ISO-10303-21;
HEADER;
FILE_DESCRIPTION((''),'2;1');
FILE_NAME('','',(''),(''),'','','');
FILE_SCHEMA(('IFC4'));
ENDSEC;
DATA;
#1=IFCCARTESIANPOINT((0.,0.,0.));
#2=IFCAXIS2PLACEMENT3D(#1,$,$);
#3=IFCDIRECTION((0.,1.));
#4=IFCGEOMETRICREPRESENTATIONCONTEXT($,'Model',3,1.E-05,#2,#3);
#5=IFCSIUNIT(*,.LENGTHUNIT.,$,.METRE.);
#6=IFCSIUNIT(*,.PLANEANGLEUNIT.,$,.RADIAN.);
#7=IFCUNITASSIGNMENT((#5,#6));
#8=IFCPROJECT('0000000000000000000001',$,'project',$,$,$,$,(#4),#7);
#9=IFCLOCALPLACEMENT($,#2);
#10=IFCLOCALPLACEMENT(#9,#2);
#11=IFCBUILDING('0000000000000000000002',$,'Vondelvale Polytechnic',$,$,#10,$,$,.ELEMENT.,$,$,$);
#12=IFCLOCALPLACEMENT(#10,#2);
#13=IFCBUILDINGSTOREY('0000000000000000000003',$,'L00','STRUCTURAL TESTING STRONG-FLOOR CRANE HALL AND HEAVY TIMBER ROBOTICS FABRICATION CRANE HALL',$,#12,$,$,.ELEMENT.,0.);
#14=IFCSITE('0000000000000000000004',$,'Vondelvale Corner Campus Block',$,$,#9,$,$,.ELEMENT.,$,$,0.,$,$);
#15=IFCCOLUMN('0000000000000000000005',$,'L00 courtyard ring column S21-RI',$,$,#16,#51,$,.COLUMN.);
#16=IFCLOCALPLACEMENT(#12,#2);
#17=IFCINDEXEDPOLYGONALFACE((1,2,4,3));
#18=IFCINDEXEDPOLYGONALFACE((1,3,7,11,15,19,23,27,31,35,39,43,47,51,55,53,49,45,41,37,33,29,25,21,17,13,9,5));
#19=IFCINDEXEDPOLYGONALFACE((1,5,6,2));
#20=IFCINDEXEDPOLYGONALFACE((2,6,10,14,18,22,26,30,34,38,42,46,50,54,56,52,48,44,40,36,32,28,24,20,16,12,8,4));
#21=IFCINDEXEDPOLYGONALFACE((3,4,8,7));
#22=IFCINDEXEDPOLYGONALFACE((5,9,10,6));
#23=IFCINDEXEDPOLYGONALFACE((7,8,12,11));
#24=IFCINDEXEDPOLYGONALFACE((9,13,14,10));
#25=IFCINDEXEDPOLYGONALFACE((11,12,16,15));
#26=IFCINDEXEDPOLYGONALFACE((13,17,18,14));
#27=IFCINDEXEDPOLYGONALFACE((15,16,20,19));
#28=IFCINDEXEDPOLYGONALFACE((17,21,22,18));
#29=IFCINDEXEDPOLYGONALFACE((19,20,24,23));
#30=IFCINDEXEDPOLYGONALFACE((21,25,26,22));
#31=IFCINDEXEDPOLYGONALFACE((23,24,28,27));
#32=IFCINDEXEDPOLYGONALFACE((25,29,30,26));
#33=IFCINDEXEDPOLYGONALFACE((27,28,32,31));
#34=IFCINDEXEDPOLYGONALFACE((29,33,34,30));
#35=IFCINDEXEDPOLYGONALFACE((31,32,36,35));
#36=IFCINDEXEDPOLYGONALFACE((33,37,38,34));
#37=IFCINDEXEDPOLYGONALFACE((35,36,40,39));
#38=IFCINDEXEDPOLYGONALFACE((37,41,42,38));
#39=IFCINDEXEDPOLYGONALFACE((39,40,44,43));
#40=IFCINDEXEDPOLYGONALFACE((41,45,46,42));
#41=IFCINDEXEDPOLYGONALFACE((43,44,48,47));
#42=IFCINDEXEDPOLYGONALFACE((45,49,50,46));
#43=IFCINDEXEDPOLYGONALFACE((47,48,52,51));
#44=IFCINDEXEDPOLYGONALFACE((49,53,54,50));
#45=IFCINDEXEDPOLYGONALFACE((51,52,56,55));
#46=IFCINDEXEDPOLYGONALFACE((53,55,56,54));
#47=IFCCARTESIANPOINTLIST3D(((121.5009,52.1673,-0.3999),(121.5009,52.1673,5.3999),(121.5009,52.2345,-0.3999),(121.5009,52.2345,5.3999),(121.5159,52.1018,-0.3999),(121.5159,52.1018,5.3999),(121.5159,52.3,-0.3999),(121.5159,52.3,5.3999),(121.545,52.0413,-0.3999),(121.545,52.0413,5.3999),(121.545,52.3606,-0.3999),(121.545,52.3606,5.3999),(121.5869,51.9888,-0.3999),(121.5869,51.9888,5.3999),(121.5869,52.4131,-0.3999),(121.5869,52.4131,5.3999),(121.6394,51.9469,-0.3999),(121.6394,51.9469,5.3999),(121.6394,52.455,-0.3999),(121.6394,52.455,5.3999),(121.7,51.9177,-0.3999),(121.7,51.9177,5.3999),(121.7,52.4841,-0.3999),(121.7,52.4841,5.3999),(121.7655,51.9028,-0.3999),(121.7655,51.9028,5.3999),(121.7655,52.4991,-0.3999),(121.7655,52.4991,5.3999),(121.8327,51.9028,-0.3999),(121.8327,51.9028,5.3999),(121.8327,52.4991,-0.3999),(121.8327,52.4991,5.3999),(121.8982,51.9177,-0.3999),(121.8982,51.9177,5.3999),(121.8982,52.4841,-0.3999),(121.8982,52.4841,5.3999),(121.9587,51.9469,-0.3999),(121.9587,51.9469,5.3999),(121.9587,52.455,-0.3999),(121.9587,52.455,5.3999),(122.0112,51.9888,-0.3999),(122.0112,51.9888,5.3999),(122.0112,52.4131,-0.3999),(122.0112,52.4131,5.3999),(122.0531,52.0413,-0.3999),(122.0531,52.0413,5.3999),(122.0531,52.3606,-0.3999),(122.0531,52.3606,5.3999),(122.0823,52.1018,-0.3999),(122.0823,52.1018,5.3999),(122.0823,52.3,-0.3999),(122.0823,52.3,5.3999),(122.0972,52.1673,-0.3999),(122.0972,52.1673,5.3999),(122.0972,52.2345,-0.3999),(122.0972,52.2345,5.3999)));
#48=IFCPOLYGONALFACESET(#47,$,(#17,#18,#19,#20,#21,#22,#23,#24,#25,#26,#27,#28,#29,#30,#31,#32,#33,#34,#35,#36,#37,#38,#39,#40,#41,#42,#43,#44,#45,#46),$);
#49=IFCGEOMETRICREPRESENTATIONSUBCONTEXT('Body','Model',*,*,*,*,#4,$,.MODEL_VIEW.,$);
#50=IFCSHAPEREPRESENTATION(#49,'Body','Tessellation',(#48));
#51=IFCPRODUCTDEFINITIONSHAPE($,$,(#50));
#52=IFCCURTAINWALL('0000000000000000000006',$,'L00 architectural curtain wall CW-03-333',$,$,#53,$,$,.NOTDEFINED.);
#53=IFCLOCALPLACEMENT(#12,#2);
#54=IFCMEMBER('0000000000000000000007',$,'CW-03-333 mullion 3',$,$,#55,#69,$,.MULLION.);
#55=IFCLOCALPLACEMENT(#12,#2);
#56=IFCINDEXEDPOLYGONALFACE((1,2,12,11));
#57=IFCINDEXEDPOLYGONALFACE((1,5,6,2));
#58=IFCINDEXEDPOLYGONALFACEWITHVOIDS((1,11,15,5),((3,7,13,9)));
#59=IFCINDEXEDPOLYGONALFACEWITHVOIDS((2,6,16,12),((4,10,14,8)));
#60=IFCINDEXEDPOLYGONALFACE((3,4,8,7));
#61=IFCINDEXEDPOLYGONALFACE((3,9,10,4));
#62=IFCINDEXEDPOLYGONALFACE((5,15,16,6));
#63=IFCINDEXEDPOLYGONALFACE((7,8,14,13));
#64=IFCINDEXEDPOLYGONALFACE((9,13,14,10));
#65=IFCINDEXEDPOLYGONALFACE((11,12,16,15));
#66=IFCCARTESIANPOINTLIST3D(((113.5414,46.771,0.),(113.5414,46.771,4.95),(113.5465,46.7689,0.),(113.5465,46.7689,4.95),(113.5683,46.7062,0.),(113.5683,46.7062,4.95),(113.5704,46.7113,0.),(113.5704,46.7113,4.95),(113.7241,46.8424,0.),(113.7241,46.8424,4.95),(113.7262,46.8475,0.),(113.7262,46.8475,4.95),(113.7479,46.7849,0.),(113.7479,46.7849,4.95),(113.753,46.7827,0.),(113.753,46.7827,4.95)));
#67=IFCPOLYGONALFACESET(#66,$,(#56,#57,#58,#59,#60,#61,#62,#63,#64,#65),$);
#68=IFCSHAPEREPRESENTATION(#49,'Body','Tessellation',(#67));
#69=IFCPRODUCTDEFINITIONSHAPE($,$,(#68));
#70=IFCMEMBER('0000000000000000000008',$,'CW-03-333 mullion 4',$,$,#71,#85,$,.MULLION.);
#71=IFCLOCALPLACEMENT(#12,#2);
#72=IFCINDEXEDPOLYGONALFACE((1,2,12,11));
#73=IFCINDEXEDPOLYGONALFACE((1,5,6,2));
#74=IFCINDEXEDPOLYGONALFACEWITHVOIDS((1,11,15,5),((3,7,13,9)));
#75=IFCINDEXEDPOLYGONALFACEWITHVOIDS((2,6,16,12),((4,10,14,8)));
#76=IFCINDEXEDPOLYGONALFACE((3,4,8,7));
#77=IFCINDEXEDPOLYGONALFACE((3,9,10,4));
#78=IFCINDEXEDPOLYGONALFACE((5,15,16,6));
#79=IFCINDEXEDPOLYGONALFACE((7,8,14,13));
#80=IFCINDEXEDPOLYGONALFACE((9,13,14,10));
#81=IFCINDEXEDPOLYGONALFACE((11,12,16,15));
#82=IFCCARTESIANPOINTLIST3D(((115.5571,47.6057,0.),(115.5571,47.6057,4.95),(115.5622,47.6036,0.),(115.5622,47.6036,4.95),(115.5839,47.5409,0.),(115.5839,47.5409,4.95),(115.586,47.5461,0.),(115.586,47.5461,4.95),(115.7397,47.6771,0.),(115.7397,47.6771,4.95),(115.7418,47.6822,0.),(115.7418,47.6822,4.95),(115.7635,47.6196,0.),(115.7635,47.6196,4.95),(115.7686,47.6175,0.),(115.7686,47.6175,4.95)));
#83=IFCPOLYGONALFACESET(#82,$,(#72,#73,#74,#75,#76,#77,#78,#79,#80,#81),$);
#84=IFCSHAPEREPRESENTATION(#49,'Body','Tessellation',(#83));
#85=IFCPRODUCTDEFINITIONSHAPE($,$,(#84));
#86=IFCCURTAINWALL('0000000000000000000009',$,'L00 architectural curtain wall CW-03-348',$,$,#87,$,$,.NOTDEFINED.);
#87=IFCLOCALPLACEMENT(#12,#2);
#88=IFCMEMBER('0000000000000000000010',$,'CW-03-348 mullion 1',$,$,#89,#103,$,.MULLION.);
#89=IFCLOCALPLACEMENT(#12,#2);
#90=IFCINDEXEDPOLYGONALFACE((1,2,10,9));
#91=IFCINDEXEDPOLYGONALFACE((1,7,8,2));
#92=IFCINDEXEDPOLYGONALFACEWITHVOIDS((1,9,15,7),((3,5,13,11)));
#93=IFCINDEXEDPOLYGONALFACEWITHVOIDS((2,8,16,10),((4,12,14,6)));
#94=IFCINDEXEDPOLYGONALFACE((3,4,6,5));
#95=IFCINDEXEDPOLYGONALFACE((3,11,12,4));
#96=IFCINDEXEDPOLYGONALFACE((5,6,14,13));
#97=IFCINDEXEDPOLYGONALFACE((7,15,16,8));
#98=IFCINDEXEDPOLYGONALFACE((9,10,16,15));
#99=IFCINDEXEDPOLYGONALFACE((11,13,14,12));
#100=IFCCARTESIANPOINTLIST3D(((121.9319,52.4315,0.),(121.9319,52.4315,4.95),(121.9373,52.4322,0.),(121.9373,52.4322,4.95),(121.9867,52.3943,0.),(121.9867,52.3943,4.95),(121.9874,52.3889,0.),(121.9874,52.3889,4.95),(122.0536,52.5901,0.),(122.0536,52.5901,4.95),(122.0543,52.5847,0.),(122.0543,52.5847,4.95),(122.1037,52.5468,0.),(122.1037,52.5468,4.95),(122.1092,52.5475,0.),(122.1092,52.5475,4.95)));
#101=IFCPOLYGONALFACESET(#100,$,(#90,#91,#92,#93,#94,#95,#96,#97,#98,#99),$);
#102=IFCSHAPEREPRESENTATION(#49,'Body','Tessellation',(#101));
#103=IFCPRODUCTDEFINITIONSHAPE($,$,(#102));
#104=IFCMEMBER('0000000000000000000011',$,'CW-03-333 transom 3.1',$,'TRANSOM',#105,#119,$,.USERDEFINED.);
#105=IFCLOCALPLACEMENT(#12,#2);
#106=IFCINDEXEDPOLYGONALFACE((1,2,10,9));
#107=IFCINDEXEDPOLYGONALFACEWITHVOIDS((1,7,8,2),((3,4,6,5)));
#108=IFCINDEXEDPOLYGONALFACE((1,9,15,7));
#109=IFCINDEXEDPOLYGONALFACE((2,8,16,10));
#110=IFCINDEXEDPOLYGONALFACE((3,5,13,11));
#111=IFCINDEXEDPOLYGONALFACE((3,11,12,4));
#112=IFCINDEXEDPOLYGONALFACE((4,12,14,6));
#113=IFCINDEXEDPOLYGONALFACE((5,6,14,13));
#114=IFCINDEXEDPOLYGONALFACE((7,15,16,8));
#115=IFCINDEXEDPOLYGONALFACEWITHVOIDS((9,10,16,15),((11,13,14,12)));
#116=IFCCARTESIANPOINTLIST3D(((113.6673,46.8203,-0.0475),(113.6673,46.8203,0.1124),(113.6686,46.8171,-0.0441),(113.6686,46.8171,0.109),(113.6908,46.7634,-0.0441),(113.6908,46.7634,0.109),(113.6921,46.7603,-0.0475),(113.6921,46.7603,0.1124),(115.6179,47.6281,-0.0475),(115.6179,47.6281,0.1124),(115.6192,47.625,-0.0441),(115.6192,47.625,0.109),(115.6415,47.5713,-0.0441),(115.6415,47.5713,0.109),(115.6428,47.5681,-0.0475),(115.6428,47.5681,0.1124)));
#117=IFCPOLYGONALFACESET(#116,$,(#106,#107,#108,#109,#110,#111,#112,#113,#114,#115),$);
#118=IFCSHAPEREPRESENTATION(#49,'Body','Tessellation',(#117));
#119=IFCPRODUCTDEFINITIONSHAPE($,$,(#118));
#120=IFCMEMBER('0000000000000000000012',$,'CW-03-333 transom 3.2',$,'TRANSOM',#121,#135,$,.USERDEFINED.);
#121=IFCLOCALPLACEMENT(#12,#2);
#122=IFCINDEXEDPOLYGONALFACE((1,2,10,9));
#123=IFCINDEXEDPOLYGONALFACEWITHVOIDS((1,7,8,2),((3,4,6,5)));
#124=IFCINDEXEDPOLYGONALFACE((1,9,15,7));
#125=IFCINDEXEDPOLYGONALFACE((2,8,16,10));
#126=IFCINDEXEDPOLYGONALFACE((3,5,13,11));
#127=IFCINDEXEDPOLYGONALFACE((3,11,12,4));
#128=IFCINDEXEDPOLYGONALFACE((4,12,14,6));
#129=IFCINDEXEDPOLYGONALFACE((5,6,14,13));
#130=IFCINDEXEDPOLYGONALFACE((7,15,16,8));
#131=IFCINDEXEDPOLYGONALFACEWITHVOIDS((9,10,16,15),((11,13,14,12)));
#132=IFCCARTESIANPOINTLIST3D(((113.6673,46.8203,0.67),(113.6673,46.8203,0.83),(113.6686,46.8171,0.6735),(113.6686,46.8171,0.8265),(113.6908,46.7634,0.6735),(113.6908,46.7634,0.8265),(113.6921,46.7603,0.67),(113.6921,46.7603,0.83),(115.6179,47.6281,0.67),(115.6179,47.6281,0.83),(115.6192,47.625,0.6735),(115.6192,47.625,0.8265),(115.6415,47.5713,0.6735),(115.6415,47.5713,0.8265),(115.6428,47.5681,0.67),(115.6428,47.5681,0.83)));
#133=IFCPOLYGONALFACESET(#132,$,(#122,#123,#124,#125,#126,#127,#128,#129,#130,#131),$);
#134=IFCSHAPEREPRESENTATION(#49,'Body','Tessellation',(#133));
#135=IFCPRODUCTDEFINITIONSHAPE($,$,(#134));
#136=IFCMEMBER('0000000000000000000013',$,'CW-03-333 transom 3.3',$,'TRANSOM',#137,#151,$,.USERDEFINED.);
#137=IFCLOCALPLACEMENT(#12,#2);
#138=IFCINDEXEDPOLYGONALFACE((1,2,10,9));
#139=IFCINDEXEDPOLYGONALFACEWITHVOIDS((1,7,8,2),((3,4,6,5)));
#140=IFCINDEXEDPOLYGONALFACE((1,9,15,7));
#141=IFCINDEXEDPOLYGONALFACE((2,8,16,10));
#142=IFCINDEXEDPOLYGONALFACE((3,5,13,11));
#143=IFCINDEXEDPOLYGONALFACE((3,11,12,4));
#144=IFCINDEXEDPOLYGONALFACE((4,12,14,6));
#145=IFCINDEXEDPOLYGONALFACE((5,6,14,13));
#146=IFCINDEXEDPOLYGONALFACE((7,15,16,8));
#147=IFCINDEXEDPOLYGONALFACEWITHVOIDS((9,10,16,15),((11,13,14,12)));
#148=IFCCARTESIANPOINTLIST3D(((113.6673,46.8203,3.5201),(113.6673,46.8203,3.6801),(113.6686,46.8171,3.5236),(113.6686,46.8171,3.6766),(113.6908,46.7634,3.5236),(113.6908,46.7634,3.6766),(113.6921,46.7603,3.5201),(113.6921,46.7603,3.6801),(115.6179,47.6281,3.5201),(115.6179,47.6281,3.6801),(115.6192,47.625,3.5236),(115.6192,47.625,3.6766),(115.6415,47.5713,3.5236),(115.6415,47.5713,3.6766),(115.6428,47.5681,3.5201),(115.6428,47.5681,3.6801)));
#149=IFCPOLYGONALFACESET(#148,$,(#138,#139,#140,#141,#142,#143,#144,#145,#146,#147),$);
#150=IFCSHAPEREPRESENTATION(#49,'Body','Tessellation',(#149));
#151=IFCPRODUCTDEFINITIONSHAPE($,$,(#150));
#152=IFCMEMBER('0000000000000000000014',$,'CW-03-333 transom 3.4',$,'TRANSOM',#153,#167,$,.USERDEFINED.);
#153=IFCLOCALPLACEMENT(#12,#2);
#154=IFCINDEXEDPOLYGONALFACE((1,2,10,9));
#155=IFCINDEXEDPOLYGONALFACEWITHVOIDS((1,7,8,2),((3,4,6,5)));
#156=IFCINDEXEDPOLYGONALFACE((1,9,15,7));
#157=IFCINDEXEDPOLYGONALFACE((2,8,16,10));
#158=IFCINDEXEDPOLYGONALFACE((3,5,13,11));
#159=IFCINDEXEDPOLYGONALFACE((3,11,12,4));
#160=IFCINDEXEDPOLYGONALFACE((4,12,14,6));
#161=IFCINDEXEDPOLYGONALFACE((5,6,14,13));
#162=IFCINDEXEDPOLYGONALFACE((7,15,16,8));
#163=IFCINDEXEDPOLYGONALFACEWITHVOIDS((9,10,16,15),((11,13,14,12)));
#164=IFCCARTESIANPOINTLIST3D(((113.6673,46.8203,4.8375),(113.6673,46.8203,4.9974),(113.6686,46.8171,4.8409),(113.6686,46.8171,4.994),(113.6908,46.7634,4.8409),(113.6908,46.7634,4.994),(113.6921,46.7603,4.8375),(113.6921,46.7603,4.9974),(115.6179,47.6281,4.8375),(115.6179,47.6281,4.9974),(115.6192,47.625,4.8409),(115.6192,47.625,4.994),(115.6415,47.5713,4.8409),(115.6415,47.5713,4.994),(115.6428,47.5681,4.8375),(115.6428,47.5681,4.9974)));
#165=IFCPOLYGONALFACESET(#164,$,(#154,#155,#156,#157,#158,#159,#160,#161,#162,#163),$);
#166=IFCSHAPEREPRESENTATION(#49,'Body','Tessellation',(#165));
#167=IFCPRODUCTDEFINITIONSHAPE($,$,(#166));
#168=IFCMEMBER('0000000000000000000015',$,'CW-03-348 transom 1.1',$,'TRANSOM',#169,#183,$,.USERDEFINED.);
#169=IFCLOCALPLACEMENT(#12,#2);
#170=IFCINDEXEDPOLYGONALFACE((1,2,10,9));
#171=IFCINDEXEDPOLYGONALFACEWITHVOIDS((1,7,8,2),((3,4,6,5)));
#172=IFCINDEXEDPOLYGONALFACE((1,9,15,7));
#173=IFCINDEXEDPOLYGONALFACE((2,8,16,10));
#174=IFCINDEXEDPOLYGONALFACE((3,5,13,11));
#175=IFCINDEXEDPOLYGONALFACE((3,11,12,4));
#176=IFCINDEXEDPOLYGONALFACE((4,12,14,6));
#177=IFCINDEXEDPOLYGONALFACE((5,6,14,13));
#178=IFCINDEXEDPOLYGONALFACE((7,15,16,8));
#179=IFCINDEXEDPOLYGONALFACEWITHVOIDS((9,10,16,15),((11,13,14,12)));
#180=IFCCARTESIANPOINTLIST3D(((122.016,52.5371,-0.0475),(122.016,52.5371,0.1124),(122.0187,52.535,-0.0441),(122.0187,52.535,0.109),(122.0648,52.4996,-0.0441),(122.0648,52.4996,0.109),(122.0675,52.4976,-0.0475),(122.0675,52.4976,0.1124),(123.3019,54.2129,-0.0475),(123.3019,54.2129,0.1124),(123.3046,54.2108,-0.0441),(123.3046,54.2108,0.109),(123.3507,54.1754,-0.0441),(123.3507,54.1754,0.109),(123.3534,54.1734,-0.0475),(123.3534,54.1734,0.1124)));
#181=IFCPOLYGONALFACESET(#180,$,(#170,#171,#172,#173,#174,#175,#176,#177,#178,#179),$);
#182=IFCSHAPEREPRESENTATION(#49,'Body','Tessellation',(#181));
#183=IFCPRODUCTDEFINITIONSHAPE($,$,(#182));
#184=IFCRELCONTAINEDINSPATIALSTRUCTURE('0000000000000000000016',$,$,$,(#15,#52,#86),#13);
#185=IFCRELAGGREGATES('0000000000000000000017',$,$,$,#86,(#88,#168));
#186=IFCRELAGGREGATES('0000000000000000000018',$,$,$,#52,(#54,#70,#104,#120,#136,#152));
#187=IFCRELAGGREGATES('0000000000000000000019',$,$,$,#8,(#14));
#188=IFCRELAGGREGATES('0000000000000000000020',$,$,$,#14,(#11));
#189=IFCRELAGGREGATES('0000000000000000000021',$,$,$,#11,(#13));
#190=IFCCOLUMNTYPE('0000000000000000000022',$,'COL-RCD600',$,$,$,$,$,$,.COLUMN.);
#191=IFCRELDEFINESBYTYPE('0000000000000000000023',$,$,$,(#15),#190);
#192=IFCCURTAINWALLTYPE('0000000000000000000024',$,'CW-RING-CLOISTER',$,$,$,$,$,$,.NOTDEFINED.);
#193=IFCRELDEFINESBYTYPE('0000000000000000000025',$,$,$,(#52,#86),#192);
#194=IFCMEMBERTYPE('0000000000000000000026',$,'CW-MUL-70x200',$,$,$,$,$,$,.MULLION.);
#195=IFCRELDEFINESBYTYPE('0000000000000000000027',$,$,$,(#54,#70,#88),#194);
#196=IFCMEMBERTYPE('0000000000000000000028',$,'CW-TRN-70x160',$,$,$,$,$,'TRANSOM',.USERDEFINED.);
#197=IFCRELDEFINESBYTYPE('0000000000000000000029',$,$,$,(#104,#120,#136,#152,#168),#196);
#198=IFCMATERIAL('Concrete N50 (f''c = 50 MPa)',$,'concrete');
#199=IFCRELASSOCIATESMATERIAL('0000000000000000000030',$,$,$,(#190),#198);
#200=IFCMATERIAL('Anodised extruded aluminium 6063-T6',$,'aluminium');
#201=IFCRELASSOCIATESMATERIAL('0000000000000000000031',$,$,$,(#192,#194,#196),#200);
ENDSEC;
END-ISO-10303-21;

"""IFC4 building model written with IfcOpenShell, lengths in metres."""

from ifc_helpers import new_model, si_unit, direction, frame, origin, origin_2d, place, context, subcontext, project, spatial, hollow_rectangle, circle, extrude, material, material_profile, profile_set, type_object, element, aggregate, save


model = new_model("IFC4")

# Units and contexts
model_context = context("Model", 3, precision=1e-05, world=origin(), true_north=direction((0.0, 1.0)))
body_context = subcontext(model_context, "Body", "Model", "MODEL_VIEW")
ifc_project = project(units=[si_unit("LENGTHUNIT", "METRE"), si_unit("PLANEANGLEUNIT", "RADIAN")], contexts=[model_context])

# Site, building, storey
site_placement = place(None, origin())
site = spatial("IfcSite", under=ifc_project, at=site_placement, Name="Vondelvale Corner Campus Block", CompositionType="ELEMENT", RefElevation=0.0)
building_placement = place(site_placement, origin())
building = spatial("IfcBuilding", under=site, at=building_placement, Name="Vondelvale Polytechnic", CompositionType="ELEMENT")
storey_placement = place(building_placement, origin())
storey = spatial("IfcBuildingStorey", under=building, at=storey_placement, Name="L00", Description="STRUCTURAL TESTING STRONG-FLOOR CRANE HALL AND HEAVY TIMBER ROBOTICS FABRICATION CRANE HALL", CompositionType="ELEMENT", Elevation=0.0)

# Column
ifc_material_1 = material(Name="Concrete N50 (f'c = 50 MPa)", Category="concrete")
ifc_material_profile_1 = material_profile(ifc_material_1, circle(Radius=0.3, at=origin_2d()), Name="RC-COL-D600")
ifc_profile_set_1 = profile_set([ifc_material_profile_1], Name="Concrete N50 (f'c = 50 MPa)")
column_type = type_object("IfcColumnType", Name="COL-RCD600", PredefinedType="COLUMN", material=ifc_profile_set_1)
for number, where, z_axis, x_axis, name in (
    (1, (121.7991, 52.2009, -0.3999), (0.0, 0.0, 1.0), (-0.707107, 0.707107, 0.0), "L00 courtyard ring column S21-RI"),
):
    element("IfcColumn", number, at=place(storey_placement, frame(where, z_axis=z_axis, x_axis=x_axis)), inside=storey, type_object=column_type, Name=name, PredefinedType="COLUMN", context=body_context, shape_type="SweptSolid", body=[
        extrude(circle(Radius=0.3, at=origin_2d()), origin(), (0.0, 0.0, 1.0), 5.7998),
    ])

# Curtain wall, members
ifc_material_2 = material(Name="Anodised extruded aluminium 6063-T6", Category="aluminium")
curtain_wall_type = type_object("IfcCurtainWallType", Name="CW-RING-CLOISTER", PredefinedType="NOTDEFINED", material=ifc_material_2)
curtain_wall_1_placement = place(storey_placement, origin())
curtain_wall_1 = element("IfcCurtainWall", 2, at=curtain_wall_1_placement, inside=storey, type_object=curtain_wall_type, Name="L00 architectural curtain wall CW-03-333", PredefinedType="NOTDEFINED")
ifc_material_profile_2 = material_profile(ifc_material_2, hollow_rectangle(XDim=0.0701, YDim=0.2, WallThickness=0.0039, at=origin_2d()), Name="CW-MUL-200x70")
ifc_profile_set_2 = profile_set([ifc_material_profile_2], Name="Anodised extruded aluminium 6063-T6")
member_type_1 = type_object("IfcMemberType", Name="CW-MUL-70x200", PredefinedType="MULLION", material=ifc_profile_set_2)
member_1_placement = place(storey_placement, frame((113.6472, 46.7769, 0.0), z_axis=(0.0, 0.0, 1.0), x_axis=(-0.382679, 0.923882, 0.0)))
member_1 = element("IfcMember", 3, at=member_1_placement, type_object=member_type_1, Name="CW-03-333 mullion 3", PredefinedType="MULLION", context=body_context, shape_type="SweptSolid", body=[
    extrude(hollow_rectangle(XDim=0.0701, YDim=0.2, WallThickness=0.0039, at=origin_2d()), origin(), (0.0, 0.0, 1.0), 4.95),
])
member_2_placement = place(storey_placement, frame((115.6628, 47.6116, 0.0), z_axis=(0.0, 0.0, 1.0), x_axis=(-0.382679, 0.923882, 0.0)))
member_2 = element("IfcMember", 4, at=member_2_placement, type_object=member_type_1, Name="CW-03-333 mullion 4", PredefinedType="MULLION", context=body_context, shape_type="SweptSolid", body=[
    extrude(hollow_rectangle(XDim=0.0701, YDim=0.2, WallThickness=0.0039, at=origin_2d()), origin(), (0.0, 0.0, 1.0), 4.95),
])

# Curtain wall, member
curtain_wall_2_placement = place(storey_placement, origin())
curtain_wall_2 = element("IfcCurtainWall", 5, at=curtain_wall_2_placement, inside=storey, type_object=curtain_wall_type, Name="L00 architectural curtain wall CW-03-348", PredefinedType="NOTDEFINED")
member_3_placement = place(storey_placement, frame((122.0205, 52.4895, 0.0), z_axis=(0.0, 0.0, 1.0), x_axis=(-0.793364, 0.608748, 0.0)))
member_3 = element("IfcMember", 6, at=member_3_placement, type_object=member_type_1, Name="CW-03-348 mullion 1", PredefinedType="MULLION", context=body_context, shape_type="SweptSolid", body=[
    extrude(hollow_rectangle(XDim=0.0701, YDim=0.2, WallThickness=0.0039, at=origin_2d()), origin(), (0.0, 0.0, 1.0), 4.95),
])

# Members
ifc_material_profile_3 = material_profile(ifc_material_2, hollow_rectangle(XDim=0.0649, YDim=0.1599, WallThickness=0.0034, at=origin_2d()), Name="CW-TRN-160x65")
ifc_profile_set_3 = profile_set([ifc_material_profile_3], Name="Anodised extruded aluminium 6063-T6")
member_type_2 = type_object("IfcMemberType", Name="CW-TRN-70x160", ElementType="TRANSOM", PredefinedType="USERDEFINED", material=ifc_profile_set_3)
member_4_placement = place(storey_placement, frame((113.6797, 46.7903, 0.0325), z_axis=(0.923903, 0.382628, 0.0), x_axis=(-0.382628, 0.923903, 0.0)))
member_4 = element("IfcMember", 7, at=member_4_placement, type_object=member_type_2, Name="CW-03-333 transom 3.1", ObjectType="TRANSOM", PredefinedType="USERDEFINED", context=body_context, shape_type="SweptSolid", body=[
    extrude(hollow_rectangle(XDim=0.0649, YDim=0.1599, WallThickness=0.0034, at=origin_2d()), origin(), (0.0, 0.0, 1.0), 2.1113),
])
member_5_placement = place(storey_placement, frame((113.6797, 46.7903, 0.75), z_axis=(0.923903, 0.382628, 0.0), x_axis=(-0.382628, 0.923903, 0.0)))
member_5 = element("IfcMember", 8, at=member_5_placement, type_object=member_type_2, Name="CW-03-333 transom 3.2", ObjectType="TRANSOM", PredefinedType="USERDEFINED", context=body_context, shape_type="SweptSolid", body=[
    extrude(hollow_rectangle(XDim=0.0649, YDim=0.1599, WallThickness=0.0034, at=origin_2d()), origin(), (0.0, 0.0, 1.0), 2.1113),
])
member_6_placement = place(storey_placement, frame((113.6797, 46.7903, 3.6001), z_axis=(0.923903, 0.382628, 0.0), x_axis=(-0.382628, 0.923903, 0.0)))
member_6 = element("IfcMember", 9, at=member_6_placement, type_object=member_type_2, Name="CW-03-333 transom 3.3", ObjectType="TRANSOM", PredefinedType="USERDEFINED", context=body_context, shape_type="SweptSolid", body=[
    extrude(hollow_rectangle(XDim=0.0649, YDim=0.1599, WallThickness=0.0034, at=origin_2d()), origin(), (0.0, 0.0, 1.0), 2.1113),
])
member_7_placement = place(storey_placement, frame((113.6797, 46.7903, 4.9175), z_axis=(0.923903, 0.382628, 0.0), x_axis=(-0.382628, 0.923903, 0.0)))
member_7 = element("IfcMember", 10, at=member_7_placement, type_object=member_type_2, Name="CW-03-333 transom 3.4", ObjectType="TRANSOM", PredefinedType="USERDEFINED", context=body_context, shape_type="SweptSolid", body=[
    extrude(hollow_rectangle(XDim=0.0649, YDim=0.1599, WallThickness=0.0034, at=origin_2d()), origin(), (0.0, 0.0, 1.0), 2.1113),
])
member_8_placement = place(storey_placement, frame((122.0417, 52.5173, 0.0325), z_axis=(0.608766, 0.79335, 0.0), x_axis=(-0.79335, 0.608766, 0.0)))
member_8 = element("IfcMember", 11, at=member_8_placement, type_object=member_type_2, Name="CW-03-348 transom 1.1", ObjectType="TRANSOM", PredefinedType="USERDEFINED", context=body_context, shape_type="SweptSolid", body=[
    extrude(hollow_rectangle(XDim=0.0649, YDim=0.1599, WallThickness=0.0034, at=origin_2d()), origin(), (0.0, 0.0, 1.0), 2.1123),
])
aggregate(curtain_wall_2, [member_3, member_8])

aggregate(curtain_wall_1, [member_1, member_2, member_4, member_5, member_6, member_7])

save(model, "model.ifc")
